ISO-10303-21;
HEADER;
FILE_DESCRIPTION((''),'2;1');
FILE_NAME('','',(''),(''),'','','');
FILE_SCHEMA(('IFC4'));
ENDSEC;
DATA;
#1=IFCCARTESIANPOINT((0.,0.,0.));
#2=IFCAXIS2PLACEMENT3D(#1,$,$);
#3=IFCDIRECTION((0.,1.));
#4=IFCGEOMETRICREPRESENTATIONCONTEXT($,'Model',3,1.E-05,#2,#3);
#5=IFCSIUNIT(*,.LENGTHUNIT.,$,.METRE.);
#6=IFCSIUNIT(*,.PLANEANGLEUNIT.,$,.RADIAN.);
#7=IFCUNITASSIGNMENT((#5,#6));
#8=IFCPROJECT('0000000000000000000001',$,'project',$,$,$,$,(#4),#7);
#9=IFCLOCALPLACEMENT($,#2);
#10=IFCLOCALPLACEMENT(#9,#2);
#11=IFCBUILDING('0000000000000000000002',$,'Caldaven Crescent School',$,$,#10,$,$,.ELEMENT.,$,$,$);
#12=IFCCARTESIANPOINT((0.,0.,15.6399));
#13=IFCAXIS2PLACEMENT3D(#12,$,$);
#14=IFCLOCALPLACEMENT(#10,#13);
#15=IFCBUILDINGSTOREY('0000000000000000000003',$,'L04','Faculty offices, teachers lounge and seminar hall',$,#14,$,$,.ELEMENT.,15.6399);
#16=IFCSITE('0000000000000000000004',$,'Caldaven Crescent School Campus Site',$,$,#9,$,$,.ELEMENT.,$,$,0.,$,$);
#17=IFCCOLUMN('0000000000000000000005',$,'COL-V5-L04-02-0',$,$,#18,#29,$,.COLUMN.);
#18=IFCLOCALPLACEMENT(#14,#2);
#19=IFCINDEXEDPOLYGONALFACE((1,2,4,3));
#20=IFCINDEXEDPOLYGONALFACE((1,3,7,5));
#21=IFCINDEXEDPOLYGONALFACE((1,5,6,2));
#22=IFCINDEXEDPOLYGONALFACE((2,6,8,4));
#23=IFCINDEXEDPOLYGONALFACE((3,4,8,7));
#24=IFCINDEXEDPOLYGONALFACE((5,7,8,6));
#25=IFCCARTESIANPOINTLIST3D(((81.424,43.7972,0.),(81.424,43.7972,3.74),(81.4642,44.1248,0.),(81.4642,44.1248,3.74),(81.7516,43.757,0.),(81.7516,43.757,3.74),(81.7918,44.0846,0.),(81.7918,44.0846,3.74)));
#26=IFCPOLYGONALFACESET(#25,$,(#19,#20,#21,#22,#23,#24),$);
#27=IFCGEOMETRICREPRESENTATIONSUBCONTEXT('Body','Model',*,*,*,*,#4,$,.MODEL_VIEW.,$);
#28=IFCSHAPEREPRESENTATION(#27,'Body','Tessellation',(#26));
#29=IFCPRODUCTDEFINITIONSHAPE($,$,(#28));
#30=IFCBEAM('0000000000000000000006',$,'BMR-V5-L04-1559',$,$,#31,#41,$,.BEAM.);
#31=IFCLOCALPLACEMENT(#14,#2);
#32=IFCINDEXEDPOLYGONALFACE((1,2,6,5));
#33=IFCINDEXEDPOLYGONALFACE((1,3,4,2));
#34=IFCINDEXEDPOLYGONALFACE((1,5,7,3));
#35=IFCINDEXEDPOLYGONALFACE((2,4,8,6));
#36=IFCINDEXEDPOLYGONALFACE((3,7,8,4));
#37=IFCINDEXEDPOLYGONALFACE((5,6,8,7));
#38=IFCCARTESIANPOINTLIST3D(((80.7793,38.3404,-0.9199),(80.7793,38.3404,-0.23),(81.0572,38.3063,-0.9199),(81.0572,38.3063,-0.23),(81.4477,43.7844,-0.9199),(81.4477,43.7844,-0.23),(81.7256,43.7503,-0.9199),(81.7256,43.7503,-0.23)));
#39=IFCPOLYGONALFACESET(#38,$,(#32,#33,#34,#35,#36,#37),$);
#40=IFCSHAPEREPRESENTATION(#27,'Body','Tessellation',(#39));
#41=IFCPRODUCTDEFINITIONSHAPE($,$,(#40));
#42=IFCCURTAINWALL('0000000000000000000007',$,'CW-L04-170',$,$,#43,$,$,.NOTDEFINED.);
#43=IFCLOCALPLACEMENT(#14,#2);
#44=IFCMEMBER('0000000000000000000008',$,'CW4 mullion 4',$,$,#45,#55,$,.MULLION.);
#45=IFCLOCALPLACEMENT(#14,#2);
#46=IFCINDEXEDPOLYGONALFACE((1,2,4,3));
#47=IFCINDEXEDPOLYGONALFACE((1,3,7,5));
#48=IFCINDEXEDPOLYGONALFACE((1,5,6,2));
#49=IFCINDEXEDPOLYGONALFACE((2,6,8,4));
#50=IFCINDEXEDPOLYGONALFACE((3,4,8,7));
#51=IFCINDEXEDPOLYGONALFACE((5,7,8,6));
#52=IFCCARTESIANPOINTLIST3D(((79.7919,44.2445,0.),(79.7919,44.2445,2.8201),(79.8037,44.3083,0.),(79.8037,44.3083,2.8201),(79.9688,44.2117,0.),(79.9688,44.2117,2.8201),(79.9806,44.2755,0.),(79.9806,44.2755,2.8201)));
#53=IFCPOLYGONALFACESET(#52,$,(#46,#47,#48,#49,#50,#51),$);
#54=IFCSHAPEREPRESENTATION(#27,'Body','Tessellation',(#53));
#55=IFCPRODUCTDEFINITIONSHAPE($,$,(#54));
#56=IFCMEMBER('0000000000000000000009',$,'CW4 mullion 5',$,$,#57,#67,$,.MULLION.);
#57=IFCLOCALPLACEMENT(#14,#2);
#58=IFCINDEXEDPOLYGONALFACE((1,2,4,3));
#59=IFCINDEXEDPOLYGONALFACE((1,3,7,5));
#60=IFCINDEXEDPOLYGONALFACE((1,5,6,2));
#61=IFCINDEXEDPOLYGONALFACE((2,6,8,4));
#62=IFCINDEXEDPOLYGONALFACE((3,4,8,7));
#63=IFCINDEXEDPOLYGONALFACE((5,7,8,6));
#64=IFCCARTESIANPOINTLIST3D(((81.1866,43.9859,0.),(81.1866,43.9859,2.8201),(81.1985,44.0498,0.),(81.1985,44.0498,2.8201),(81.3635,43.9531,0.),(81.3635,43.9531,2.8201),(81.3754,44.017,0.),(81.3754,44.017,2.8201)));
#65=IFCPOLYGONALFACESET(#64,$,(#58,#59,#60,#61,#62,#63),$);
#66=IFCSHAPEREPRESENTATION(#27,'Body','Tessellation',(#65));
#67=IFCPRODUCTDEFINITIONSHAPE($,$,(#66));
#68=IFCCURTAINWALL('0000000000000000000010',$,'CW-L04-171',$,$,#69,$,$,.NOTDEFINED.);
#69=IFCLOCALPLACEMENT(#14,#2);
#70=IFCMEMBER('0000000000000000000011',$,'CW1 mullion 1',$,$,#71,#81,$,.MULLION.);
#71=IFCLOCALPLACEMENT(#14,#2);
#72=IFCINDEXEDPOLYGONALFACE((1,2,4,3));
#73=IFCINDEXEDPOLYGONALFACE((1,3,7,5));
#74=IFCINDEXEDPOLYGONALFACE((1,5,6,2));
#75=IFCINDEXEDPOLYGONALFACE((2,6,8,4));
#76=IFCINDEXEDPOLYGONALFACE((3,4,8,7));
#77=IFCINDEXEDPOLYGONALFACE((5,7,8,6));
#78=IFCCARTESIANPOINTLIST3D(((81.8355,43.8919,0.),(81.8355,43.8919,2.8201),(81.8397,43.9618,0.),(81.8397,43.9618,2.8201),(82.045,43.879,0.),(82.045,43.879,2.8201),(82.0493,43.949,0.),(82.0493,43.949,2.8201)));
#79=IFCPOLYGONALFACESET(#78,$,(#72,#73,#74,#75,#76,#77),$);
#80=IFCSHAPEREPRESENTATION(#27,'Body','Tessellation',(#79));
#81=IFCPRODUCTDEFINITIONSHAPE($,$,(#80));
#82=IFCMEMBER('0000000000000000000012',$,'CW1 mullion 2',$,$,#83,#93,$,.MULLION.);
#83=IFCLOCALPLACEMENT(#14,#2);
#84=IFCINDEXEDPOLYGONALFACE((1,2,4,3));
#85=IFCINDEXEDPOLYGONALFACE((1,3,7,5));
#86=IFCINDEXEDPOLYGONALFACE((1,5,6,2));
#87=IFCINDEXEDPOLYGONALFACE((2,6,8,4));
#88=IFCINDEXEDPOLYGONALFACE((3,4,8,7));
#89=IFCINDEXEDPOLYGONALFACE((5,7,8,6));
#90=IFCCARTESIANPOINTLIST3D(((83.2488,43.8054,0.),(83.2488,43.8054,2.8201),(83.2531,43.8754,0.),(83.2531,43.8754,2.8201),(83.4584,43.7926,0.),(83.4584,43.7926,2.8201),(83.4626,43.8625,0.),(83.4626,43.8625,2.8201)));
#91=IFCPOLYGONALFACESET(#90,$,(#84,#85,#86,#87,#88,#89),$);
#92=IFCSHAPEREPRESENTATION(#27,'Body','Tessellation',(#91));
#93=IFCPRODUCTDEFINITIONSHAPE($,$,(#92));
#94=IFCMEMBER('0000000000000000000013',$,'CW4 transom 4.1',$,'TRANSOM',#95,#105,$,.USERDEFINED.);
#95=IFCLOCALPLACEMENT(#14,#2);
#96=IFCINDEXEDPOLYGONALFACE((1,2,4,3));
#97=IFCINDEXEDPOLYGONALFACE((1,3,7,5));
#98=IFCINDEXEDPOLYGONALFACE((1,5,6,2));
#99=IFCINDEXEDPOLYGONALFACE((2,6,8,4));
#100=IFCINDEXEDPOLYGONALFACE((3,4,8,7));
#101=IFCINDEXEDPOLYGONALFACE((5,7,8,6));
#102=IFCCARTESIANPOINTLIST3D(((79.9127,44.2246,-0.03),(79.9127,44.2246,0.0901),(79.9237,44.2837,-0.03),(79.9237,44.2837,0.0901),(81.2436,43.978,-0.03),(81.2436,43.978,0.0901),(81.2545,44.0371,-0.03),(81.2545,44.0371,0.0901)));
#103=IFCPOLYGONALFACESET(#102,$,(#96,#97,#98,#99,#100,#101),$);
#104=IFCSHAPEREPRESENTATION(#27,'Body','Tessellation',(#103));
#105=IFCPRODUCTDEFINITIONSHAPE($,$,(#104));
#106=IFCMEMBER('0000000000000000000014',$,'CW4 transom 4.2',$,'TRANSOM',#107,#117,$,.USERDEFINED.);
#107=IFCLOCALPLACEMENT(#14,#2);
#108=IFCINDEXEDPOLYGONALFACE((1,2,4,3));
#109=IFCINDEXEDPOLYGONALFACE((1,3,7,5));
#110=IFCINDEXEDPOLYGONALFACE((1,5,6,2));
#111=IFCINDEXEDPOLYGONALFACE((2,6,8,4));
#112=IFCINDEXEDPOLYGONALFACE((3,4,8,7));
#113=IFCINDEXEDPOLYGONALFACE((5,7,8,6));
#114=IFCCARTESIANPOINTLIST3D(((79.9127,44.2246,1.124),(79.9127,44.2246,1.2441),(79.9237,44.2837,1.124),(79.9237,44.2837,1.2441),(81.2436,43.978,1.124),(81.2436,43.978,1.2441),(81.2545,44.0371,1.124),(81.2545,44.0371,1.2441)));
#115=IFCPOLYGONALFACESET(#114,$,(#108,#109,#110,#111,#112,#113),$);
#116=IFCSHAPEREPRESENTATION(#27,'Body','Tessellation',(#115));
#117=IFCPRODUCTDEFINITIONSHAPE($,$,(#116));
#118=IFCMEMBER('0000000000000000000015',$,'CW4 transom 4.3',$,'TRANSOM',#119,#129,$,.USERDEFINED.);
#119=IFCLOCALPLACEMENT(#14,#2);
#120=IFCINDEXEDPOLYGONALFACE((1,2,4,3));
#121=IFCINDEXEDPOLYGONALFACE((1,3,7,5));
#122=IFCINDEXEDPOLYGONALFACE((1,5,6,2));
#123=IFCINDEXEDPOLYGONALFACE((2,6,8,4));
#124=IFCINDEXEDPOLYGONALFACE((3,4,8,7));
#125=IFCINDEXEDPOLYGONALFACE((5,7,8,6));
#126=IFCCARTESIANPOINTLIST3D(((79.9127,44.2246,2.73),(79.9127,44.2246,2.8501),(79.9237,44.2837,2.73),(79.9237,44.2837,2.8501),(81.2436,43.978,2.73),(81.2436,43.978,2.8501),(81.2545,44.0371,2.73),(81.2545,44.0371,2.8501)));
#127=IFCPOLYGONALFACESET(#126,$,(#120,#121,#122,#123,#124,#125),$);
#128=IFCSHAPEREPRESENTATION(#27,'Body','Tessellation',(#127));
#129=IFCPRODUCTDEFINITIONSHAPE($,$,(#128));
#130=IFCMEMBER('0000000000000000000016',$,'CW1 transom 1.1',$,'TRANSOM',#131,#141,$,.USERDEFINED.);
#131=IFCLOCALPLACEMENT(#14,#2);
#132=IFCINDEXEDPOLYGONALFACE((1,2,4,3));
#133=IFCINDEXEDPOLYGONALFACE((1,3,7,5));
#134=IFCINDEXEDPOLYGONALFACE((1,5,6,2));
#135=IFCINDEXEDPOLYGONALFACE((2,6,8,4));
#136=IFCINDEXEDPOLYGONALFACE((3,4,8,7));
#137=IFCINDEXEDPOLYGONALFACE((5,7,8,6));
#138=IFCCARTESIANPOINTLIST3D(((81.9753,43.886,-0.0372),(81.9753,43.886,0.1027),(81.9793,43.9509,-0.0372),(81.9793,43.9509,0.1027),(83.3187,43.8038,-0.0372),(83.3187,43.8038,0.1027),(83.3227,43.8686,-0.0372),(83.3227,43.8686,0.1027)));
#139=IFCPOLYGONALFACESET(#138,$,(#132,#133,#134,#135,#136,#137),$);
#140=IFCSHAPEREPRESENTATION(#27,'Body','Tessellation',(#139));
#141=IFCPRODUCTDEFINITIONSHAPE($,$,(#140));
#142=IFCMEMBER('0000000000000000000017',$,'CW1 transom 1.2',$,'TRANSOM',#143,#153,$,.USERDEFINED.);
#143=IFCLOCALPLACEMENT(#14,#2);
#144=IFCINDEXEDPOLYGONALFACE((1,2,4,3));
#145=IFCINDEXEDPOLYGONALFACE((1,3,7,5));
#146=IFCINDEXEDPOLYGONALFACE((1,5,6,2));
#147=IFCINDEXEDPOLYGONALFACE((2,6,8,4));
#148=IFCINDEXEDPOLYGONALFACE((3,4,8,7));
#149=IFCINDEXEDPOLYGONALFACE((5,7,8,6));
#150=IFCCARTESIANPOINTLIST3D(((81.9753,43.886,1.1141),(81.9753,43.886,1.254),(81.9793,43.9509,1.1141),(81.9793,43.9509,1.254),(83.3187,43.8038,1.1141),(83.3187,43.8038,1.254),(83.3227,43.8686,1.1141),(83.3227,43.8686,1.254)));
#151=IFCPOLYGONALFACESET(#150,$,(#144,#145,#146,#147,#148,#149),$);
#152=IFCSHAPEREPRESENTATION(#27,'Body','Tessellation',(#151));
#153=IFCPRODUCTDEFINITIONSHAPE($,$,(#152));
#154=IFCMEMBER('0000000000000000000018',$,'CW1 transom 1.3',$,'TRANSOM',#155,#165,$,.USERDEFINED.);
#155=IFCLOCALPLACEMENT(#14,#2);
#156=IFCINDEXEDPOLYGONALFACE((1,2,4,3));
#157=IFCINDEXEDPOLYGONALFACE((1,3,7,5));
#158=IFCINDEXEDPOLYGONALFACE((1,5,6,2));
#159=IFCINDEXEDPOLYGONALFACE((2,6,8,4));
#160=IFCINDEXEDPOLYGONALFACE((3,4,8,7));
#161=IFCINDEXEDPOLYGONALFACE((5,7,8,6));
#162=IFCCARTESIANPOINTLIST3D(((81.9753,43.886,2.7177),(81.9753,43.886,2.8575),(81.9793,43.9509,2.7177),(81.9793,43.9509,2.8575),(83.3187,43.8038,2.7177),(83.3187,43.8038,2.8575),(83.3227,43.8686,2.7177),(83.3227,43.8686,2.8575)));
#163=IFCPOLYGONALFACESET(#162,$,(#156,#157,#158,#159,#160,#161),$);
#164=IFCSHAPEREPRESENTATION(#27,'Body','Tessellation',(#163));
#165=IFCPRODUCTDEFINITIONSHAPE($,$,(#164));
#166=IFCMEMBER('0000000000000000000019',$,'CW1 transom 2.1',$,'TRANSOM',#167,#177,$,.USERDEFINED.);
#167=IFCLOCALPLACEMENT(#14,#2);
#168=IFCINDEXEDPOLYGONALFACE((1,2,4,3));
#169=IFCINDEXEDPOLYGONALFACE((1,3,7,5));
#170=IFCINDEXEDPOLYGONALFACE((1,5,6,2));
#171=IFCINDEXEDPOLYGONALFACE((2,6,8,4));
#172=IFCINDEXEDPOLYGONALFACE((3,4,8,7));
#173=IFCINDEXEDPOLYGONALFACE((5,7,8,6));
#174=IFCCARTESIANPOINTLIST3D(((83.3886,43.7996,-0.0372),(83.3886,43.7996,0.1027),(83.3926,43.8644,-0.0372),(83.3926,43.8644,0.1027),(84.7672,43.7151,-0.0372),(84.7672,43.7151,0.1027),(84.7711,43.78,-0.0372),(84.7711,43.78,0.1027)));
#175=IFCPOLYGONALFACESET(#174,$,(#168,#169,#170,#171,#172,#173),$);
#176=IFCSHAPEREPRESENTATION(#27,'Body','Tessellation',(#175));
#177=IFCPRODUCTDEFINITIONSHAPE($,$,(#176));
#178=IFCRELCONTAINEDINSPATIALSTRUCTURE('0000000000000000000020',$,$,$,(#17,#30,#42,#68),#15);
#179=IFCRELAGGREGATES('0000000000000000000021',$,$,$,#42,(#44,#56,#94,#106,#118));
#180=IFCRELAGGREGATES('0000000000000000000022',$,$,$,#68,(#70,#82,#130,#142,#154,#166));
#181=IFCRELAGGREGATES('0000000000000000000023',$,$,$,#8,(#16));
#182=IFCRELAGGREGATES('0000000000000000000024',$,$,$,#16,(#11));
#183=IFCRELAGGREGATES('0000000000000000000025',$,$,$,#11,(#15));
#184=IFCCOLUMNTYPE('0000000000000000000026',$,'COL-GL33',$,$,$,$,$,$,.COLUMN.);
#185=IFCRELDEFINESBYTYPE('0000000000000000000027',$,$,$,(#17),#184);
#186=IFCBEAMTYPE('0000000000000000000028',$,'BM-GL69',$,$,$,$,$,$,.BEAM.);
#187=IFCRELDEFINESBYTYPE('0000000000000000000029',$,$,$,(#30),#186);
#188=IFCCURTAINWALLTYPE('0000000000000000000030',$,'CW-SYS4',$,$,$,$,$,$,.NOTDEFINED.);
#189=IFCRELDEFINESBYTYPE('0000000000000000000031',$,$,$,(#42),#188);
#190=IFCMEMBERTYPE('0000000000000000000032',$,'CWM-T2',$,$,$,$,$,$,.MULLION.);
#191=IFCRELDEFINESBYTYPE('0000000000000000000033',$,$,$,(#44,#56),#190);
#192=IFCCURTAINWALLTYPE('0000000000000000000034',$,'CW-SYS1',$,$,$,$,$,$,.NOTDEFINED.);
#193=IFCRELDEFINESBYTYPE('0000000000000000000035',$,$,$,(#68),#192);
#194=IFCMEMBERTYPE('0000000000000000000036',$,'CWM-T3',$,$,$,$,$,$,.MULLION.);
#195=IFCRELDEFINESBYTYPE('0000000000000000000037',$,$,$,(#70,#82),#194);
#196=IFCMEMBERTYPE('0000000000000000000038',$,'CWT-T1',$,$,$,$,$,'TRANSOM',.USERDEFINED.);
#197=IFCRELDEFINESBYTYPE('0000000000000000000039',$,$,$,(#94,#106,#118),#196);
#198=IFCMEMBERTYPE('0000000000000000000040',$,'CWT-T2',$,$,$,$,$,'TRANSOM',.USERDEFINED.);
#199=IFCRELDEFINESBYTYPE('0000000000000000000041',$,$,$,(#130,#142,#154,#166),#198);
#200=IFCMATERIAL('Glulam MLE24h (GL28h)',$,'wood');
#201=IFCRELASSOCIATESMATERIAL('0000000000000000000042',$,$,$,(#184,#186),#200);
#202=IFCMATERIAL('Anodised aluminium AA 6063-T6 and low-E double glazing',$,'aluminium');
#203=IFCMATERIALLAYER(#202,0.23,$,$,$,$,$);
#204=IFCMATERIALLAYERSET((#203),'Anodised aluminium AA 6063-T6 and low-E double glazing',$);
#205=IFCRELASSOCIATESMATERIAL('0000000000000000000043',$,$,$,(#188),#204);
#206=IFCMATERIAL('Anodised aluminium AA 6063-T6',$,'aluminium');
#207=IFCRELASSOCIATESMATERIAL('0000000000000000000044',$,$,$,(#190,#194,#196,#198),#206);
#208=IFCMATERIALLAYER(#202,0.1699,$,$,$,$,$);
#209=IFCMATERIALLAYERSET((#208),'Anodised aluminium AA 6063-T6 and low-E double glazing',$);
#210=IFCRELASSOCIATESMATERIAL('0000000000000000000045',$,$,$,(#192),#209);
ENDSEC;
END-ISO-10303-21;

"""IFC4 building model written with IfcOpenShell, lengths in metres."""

from ifc_helpers import new_model, si_unit, direction, frame, origin, origin_2d, place, context, subcontext, project, spatial, rectangle, extrude, material, layer, layer_set, material_profile, profile_set, type_object, element, aggregate, save


model = new_model("IFC4")

# Units and contexts
model_context = context("Model", 3, precision=1e-05, world=origin(), true_north=direction((0.0, 1.0)))
body_context = subcontext(model_context, "Body", "Model", "MODEL_VIEW")
ifc_project = project(units=[si_unit("LENGTHUNIT", "METRE"), si_unit("PLANEANGLEUNIT", "RADIAN")], contexts=[model_context])

# Site, building, storey
site_placement = place(None, origin())
site = spatial("IfcSite", under=ifc_project, at=site_placement, Name="Caldaven Crescent School Campus Site", CompositionType="ELEMENT", RefElevation=0.0)
building_placement = place(site_placement, origin())
building = spatial("IfcBuilding", under=site, at=building_placement, Name="Caldaven Crescent School", CompositionType="ELEMENT")
storey_placement = place(building_placement, frame((0.0, 0.0, 15.6399)))
storey = spatial("IfcBuildingStorey", under=building, at=storey_placement, Name="L04", Description="Faculty offices, teachers lounge and seminar hall", CompositionType="ELEMENT", Elevation=15.6399)

# Column
ifc_material_1 = material(Name="Glulam MLE24h (GL28h)", Category="wood")
ifc_material_profile_1 = material_profile(ifc_material_1, rectangle(XDim=0.3301, YDim=0.3301, at=origin_2d()), Name="MLE 330x330")
ifc_profile_set_1 = profile_set([ifc_material_profile_1], Name="Glulam MLE24h (GL28h)")
column_type = type_object("IfcColumnType", Name="COL-GL33", PredefinedType="COLUMN", material=ifc_profile_set_1)
column_placement = place(storey_placement, frame((81.6079, 43.9409, 0.0), z_axis=(0.0, 0.0, 1.0), x_axis=(-0.121869, -0.992546, 0.0)))
element("IfcColumn", 1, at=column_placement, inside=storey, type_object=column_type, Name="COL-V5-L04-02-0", PredefinedType="COLUMN", context=body_context, shape_type="SweptSolid", body=[
    extrude(rectangle(XDim=0.3301, YDim=0.3301, at=origin_2d()), origin(), (0.0, 0.0, 1.0), 3.74),
])

# Beam
ifc_material_profile_2 = material_profile(ifc_material_1, rectangle(XDim=0.28, YDim=0.6899, at=origin_2d()), Name="MLE 280x690")
ifc_profile_set_2 = profile_set([ifc_material_profile_2], Name="Glulam MLE24h (GL28h)")
beam_type_1 = type_object("IfcBeamType", Name="BM-GL69", PredefinedType="BEAM", material=ifc_profile_set_2)
beam_1_placement = place(storey_placement, frame((81.5867, 43.7673, -0.575), z_axis=(-0.121871, -0.992546, 0.0), x_axis=(0.992546, -0.121871, 0.0)))
element("IfcBeam", 2, at=beam_1_placement, inside=storey, type_object=beam_type_1, Name="BMR-V5-L04-1559", PredefinedType="BEAM", context=body_context, shape_type="SweptSolid", body=[
    extrude(rectangle(XDim=0.28, YDim=0.6899, at=origin_2d()), origin(), (0.0, 0.0, 1.0), 5.4849),
])

# Curtain walls, members
ifc_material_2 = material(Name="Anodised aluminium AA 6063-T6 and low-E double glazing", Category="aluminium")
ifc_layer_1 = layer(ifc_material_2, 0.23)
ifc_layer_set_1 = layer_set([ifc_layer_1], Name="Anodised aluminium AA 6063-T6 and low-E double glazing")
curtain_wall_type_1 = type_object("IfcCurtainWallType", Name="CW-SYS4", PredefinedType="NOTDEFINED", material=ifc_layer_set_1)
curtain_wall_1_placement = place(storey_placement, origin())
curtain_wall_1 = element("IfcCurtainWall", 3, at=curtain_wall_1_placement, inside=storey, type_object=curtain_wall_type_1, Name="CW-L04-170", PredefinedType="NOTDEFINED")
ifc_material_3 = material(Name="Anodised aluminium AA 6063-T6", Category="aluminium")
ifc_material_profile_3 = material_profile(ifc_material_3, rectangle(XDim=0.0649, YDim=0.1799, at=origin_2d()), Name="CWM 65x180")
ifc_profile_set_3 = profile_set([ifc_material_profile_3], Name="Anodised aluminium AA 6063-T6")
member_type_1 = type_object("IfcMemberType", Name="CWM-T2", PredefinedType="MULLION", material=ifc_profile_set_3)
member_1_placement = place(storey_placement, frame((79.8862, 44.26, 0.0), z_axis=(0.0, 0.0, 1.0), x_axis=(0.182236, 0.983255, 0.0)))
member_1 = element("IfcMember", 4, at=member_1_placement, type_object=member_type_1, Name="CW4 mullion 4", PredefinedType="MULLION", context=body_context, shape_type="SweptSolid", body=[
    extrude(rectangle(XDim=0.0649, YDim=0.1799, at=origin_2d()), origin(), (0.0, 0.0, 1.0), 2.8201),
])
member_2_placement = place(storey_placement, frame((81.281, 44.0015, 0.0), z_axis=(0.0, 0.0, 1.0), x_axis=(0.182236, 0.983255, 0.0)))
member_2 = element("IfcMember", 5, at=member_2_placement, type_object=member_type_1, Name="CW4 mullion 5", PredefinedType="MULLION", context=body_context, shape_type="SweptSolid", body=[
    extrude(rectangle(XDim=0.0649, YDim=0.1799, at=origin_2d()), origin(), (0.0, 0.0, 1.0), 2.8201),
])
ifc_layer_2 = layer(ifc_material_2, 0.1699)
ifc_layer_set_2 = layer_set([ifc_layer_2], Name="Anodised aluminium AA 6063-T6 and low-E double glazing")
curtain_wall_type_2 = type_object("IfcCurtainWallType", Name="CW-SYS1", PredefinedType="NOTDEFINED", material=ifc_layer_set_2)
curtain_wall_2_placement = place(storey_placement, origin())
curtain_wall_2 = element("IfcCurtainWall", 6, at=curtain_wall_2_placement, inside=storey, type_object=curtain_wall_type_2, Name="CW-L04-171", PredefinedType="NOTDEFINED")
ifc_material_profile_4 = material_profile(ifc_material_3, rectangle(XDim=0.0701, YDim=0.21, at=origin_2d()), Name="CWM 70x210")
ifc_profile_set_4 = profile_set([ifc_material_profile_4], Name="Anodised aluminium AA 6063-T6")
member_type_2 = type_object("IfcMemberType", Name="CWM-T3", PredefinedType="MULLION", material=ifc_profile_set_4)
member_3_placement = place(storey_placement, frame((81.9424, 43.9204, 0.0), z_axis=(0.0, 0.0, 1.0), x_axis=(0.061049, 0.998135, 0.0)))
member_3 = element("IfcMember", 7, at=member_3_placement, type_object=member_type_2, Name="CW1 mullion 1", PredefinedType="MULLION", context=body_context, shape_type="SweptSolid", body=[
    extrude(rectangle(XDim=0.0701, YDim=0.21, at=origin_2d()), origin(), (0.0, 0.0, 1.0), 2.8201),
])
member_4_placement = place(storey_placement, frame((83.3557, 43.834, 0.0), z_axis=(0.0, 0.0, 1.0), x_axis=(0.061049, 0.998135, 0.0)))
member_4 = element("IfcMember", 8, at=member_4_placement, type_object=member_type_2, Name="CW1 mullion 2", PredefinedType="MULLION", context=body_context, shape_type="SweptSolid", body=[
    extrude(rectangle(XDim=0.0701, YDim=0.21, at=origin_2d()), origin(), (0.0, 0.0, 1.0), 2.8201),
])

# Members
ifc_material_profile_5 = material_profile(ifc_material_3, rectangle(XDim=0.0601, YDim=0.1201, at=origin_2d()), Name="CWT 60x120")
ifc_profile_set_5 = profile_set([ifc_material_profile_5], Name="Anodised aluminium AA 6063-T6")
member_type_3 = type_object("IfcMemberType", Name="CWT-T1", ElementType="TRANSOM", PredefinedType="USERDEFINED", material=ifc_profile_set_5)
member_5_placement = place(storey_placement, frame((79.9182, 44.2542, 0.03), z_axis=(0.983264, -0.182186, 0.0), x_axis=(0.182186, 0.983264, 0.0)))
member_5 = element("IfcMember", 9, at=member_5_placement, type_object=member_type_3, Name="CW4 transom 4.1", ObjectType="TRANSOM", PredefinedType="USERDEFINED", context=body_context, shape_type="SweptSolid", body=[
    extrude(rectangle(XDim=0.0601, YDim=0.1201, at=origin_2d()), origin(), (0.0, 0.0, 1.0), 1.3535),
])
member_6_placement = place(storey_placement, frame((79.9182, 44.2542, 1.1841), z_axis=(0.983264, -0.182186, 0.0), x_axis=(0.182186, 0.983264, 0.0)))
member_6 = element("IfcMember", 10, at=member_6_placement, type_object=member_type_3, Name="CW4 transom 4.2", ObjectType="TRANSOM", PredefinedType="USERDEFINED", context=body_context, shape_type="SweptSolid", body=[
    extrude(rectangle(XDim=0.0601, YDim=0.1201, at=origin_2d()), origin(), (0.0, 0.0, 1.0), 1.3535),
])
member_7_placement = place(storey_placement, frame((79.9182, 44.2542, 2.79), z_axis=(0.983264, -0.182186, 0.0), x_axis=(0.182186, 0.983264, 0.0)))
member_7 = element("IfcMember", 11, at=member_7_placement, type_object=member_type_3, Name="CW4 transom 4.3", ObjectType="TRANSOM", PredefinedType="USERDEFINED", context=body_context, shape_type="SweptSolid", body=[
    extrude(rectangle(XDim=0.0601, YDim=0.1201, at=origin_2d()), origin(), (0.0, 0.0, 1.0), 1.3535),
])
ifc_material_profile_6 = material_profile(ifc_material_3, rectangle(XDim=0.0649, YDim=0.1399, at=origin_2d()), Name="CWT 65x140")
ifc_profile_set_6 = profile_set([ifc_material_profile_6], Name="Anodised aluminium AA 6063-T6")
member_type_4 = type_object("IfcMemberType", Name="CWT-T2", ElementType="TRANSOM", PredefinedType="USERDEFINED", material=ifc_profile_set_6)
member_8_placement = place(storey_placement, frame((81.9773, 43.9185, 0.0327), z_axis=(0.99813, -0.061125, 0.0), x_axis=(0.061125, 0.99813, 0.0)))
member_8 = element("IfcMember", 12, at=member_8_placement, type_object=member_type_4, Name="CW1 transom 1.1", ObjectType="TRANSOM", PredefinedType="USERDEFINED", context=body_context, shape_type="SweptSolid", body=[
    extrude(rectangle(XDim=0.0649, YDim=0.1399, at=origin_2d()), origin(), (0.0, 0.0, 1.0), 1.3459),
])
member_9_placement = place(storey_placement, frame((81.9773, 43.9185, 1.1841), z_axis=(0.99813, -0.061125, 0.0), x_axis=(0.061125, 0.99813, 0.0)))
member_9 = element("IfcMember", 13, at=member_9_placement, type_object=member_type_4, Name="CW1 transom 1.2", ObjectType="TRANSOM", PredefinedType="USERDEFINED", context=body_context, shape_type="SweptSolid", body=[
    extrude(rectangle(XDim=0.0649, YDim=0.1399, at=origin_2d()), origin(), (0.0, 0.0, 1.0), 1.3459),
])
member_10_placement = place(storey_placement, frame((81.9773, 43.9185, 2.7876), z_axis=(0.99813, -0.061125, 0.0), x_axis=(0.061125, 0.99813, 0.0)))
member_10 = element("IfcMember", 14, at=member_10_placement, type_object=member_type_4, Name="CW1 transom 1.3", ObjectType="TRANSOM", PredefinedType="USERDEFINED", context=body_context, shape_type="SweptSolid", body=[
    extrude(rectangle(XDim=0.0649, YDim=0.1399, at=origin_2d()), origin(), (0.0, 0.0, 1.0), 1.3459),
])
member_11_placement = place(storey_placement, frame((83.3906, 43.832, 0.0327), z_axis=(0.998128, -0.061168, 0.0), x_axis=(0.061168, 0.998128, 0.0)))
member_11 = element("IfcMember", 15, at=member_11_placement, type_object=member_type_4, Name="CW1 transom 2.1", ObjectType="TRANSOM", PredefinedType="USERDEFINED", context=body_context, shape_type="SweptSolid", body=[
    extrude(rectangle(XDim=0.0649, YDim=0.1399, at=origin_2d()), origin(), (0.0, 0.0, 1.0), 1.3811),
])

aggregate(curtain_wall_1, [member_1, member_2, member_5, member_6, member_7])
aggregate(curtain_wall_2, [member_3, member_4, member_8, member_9, member_10, member_11])

save(model, "model.ifc")
